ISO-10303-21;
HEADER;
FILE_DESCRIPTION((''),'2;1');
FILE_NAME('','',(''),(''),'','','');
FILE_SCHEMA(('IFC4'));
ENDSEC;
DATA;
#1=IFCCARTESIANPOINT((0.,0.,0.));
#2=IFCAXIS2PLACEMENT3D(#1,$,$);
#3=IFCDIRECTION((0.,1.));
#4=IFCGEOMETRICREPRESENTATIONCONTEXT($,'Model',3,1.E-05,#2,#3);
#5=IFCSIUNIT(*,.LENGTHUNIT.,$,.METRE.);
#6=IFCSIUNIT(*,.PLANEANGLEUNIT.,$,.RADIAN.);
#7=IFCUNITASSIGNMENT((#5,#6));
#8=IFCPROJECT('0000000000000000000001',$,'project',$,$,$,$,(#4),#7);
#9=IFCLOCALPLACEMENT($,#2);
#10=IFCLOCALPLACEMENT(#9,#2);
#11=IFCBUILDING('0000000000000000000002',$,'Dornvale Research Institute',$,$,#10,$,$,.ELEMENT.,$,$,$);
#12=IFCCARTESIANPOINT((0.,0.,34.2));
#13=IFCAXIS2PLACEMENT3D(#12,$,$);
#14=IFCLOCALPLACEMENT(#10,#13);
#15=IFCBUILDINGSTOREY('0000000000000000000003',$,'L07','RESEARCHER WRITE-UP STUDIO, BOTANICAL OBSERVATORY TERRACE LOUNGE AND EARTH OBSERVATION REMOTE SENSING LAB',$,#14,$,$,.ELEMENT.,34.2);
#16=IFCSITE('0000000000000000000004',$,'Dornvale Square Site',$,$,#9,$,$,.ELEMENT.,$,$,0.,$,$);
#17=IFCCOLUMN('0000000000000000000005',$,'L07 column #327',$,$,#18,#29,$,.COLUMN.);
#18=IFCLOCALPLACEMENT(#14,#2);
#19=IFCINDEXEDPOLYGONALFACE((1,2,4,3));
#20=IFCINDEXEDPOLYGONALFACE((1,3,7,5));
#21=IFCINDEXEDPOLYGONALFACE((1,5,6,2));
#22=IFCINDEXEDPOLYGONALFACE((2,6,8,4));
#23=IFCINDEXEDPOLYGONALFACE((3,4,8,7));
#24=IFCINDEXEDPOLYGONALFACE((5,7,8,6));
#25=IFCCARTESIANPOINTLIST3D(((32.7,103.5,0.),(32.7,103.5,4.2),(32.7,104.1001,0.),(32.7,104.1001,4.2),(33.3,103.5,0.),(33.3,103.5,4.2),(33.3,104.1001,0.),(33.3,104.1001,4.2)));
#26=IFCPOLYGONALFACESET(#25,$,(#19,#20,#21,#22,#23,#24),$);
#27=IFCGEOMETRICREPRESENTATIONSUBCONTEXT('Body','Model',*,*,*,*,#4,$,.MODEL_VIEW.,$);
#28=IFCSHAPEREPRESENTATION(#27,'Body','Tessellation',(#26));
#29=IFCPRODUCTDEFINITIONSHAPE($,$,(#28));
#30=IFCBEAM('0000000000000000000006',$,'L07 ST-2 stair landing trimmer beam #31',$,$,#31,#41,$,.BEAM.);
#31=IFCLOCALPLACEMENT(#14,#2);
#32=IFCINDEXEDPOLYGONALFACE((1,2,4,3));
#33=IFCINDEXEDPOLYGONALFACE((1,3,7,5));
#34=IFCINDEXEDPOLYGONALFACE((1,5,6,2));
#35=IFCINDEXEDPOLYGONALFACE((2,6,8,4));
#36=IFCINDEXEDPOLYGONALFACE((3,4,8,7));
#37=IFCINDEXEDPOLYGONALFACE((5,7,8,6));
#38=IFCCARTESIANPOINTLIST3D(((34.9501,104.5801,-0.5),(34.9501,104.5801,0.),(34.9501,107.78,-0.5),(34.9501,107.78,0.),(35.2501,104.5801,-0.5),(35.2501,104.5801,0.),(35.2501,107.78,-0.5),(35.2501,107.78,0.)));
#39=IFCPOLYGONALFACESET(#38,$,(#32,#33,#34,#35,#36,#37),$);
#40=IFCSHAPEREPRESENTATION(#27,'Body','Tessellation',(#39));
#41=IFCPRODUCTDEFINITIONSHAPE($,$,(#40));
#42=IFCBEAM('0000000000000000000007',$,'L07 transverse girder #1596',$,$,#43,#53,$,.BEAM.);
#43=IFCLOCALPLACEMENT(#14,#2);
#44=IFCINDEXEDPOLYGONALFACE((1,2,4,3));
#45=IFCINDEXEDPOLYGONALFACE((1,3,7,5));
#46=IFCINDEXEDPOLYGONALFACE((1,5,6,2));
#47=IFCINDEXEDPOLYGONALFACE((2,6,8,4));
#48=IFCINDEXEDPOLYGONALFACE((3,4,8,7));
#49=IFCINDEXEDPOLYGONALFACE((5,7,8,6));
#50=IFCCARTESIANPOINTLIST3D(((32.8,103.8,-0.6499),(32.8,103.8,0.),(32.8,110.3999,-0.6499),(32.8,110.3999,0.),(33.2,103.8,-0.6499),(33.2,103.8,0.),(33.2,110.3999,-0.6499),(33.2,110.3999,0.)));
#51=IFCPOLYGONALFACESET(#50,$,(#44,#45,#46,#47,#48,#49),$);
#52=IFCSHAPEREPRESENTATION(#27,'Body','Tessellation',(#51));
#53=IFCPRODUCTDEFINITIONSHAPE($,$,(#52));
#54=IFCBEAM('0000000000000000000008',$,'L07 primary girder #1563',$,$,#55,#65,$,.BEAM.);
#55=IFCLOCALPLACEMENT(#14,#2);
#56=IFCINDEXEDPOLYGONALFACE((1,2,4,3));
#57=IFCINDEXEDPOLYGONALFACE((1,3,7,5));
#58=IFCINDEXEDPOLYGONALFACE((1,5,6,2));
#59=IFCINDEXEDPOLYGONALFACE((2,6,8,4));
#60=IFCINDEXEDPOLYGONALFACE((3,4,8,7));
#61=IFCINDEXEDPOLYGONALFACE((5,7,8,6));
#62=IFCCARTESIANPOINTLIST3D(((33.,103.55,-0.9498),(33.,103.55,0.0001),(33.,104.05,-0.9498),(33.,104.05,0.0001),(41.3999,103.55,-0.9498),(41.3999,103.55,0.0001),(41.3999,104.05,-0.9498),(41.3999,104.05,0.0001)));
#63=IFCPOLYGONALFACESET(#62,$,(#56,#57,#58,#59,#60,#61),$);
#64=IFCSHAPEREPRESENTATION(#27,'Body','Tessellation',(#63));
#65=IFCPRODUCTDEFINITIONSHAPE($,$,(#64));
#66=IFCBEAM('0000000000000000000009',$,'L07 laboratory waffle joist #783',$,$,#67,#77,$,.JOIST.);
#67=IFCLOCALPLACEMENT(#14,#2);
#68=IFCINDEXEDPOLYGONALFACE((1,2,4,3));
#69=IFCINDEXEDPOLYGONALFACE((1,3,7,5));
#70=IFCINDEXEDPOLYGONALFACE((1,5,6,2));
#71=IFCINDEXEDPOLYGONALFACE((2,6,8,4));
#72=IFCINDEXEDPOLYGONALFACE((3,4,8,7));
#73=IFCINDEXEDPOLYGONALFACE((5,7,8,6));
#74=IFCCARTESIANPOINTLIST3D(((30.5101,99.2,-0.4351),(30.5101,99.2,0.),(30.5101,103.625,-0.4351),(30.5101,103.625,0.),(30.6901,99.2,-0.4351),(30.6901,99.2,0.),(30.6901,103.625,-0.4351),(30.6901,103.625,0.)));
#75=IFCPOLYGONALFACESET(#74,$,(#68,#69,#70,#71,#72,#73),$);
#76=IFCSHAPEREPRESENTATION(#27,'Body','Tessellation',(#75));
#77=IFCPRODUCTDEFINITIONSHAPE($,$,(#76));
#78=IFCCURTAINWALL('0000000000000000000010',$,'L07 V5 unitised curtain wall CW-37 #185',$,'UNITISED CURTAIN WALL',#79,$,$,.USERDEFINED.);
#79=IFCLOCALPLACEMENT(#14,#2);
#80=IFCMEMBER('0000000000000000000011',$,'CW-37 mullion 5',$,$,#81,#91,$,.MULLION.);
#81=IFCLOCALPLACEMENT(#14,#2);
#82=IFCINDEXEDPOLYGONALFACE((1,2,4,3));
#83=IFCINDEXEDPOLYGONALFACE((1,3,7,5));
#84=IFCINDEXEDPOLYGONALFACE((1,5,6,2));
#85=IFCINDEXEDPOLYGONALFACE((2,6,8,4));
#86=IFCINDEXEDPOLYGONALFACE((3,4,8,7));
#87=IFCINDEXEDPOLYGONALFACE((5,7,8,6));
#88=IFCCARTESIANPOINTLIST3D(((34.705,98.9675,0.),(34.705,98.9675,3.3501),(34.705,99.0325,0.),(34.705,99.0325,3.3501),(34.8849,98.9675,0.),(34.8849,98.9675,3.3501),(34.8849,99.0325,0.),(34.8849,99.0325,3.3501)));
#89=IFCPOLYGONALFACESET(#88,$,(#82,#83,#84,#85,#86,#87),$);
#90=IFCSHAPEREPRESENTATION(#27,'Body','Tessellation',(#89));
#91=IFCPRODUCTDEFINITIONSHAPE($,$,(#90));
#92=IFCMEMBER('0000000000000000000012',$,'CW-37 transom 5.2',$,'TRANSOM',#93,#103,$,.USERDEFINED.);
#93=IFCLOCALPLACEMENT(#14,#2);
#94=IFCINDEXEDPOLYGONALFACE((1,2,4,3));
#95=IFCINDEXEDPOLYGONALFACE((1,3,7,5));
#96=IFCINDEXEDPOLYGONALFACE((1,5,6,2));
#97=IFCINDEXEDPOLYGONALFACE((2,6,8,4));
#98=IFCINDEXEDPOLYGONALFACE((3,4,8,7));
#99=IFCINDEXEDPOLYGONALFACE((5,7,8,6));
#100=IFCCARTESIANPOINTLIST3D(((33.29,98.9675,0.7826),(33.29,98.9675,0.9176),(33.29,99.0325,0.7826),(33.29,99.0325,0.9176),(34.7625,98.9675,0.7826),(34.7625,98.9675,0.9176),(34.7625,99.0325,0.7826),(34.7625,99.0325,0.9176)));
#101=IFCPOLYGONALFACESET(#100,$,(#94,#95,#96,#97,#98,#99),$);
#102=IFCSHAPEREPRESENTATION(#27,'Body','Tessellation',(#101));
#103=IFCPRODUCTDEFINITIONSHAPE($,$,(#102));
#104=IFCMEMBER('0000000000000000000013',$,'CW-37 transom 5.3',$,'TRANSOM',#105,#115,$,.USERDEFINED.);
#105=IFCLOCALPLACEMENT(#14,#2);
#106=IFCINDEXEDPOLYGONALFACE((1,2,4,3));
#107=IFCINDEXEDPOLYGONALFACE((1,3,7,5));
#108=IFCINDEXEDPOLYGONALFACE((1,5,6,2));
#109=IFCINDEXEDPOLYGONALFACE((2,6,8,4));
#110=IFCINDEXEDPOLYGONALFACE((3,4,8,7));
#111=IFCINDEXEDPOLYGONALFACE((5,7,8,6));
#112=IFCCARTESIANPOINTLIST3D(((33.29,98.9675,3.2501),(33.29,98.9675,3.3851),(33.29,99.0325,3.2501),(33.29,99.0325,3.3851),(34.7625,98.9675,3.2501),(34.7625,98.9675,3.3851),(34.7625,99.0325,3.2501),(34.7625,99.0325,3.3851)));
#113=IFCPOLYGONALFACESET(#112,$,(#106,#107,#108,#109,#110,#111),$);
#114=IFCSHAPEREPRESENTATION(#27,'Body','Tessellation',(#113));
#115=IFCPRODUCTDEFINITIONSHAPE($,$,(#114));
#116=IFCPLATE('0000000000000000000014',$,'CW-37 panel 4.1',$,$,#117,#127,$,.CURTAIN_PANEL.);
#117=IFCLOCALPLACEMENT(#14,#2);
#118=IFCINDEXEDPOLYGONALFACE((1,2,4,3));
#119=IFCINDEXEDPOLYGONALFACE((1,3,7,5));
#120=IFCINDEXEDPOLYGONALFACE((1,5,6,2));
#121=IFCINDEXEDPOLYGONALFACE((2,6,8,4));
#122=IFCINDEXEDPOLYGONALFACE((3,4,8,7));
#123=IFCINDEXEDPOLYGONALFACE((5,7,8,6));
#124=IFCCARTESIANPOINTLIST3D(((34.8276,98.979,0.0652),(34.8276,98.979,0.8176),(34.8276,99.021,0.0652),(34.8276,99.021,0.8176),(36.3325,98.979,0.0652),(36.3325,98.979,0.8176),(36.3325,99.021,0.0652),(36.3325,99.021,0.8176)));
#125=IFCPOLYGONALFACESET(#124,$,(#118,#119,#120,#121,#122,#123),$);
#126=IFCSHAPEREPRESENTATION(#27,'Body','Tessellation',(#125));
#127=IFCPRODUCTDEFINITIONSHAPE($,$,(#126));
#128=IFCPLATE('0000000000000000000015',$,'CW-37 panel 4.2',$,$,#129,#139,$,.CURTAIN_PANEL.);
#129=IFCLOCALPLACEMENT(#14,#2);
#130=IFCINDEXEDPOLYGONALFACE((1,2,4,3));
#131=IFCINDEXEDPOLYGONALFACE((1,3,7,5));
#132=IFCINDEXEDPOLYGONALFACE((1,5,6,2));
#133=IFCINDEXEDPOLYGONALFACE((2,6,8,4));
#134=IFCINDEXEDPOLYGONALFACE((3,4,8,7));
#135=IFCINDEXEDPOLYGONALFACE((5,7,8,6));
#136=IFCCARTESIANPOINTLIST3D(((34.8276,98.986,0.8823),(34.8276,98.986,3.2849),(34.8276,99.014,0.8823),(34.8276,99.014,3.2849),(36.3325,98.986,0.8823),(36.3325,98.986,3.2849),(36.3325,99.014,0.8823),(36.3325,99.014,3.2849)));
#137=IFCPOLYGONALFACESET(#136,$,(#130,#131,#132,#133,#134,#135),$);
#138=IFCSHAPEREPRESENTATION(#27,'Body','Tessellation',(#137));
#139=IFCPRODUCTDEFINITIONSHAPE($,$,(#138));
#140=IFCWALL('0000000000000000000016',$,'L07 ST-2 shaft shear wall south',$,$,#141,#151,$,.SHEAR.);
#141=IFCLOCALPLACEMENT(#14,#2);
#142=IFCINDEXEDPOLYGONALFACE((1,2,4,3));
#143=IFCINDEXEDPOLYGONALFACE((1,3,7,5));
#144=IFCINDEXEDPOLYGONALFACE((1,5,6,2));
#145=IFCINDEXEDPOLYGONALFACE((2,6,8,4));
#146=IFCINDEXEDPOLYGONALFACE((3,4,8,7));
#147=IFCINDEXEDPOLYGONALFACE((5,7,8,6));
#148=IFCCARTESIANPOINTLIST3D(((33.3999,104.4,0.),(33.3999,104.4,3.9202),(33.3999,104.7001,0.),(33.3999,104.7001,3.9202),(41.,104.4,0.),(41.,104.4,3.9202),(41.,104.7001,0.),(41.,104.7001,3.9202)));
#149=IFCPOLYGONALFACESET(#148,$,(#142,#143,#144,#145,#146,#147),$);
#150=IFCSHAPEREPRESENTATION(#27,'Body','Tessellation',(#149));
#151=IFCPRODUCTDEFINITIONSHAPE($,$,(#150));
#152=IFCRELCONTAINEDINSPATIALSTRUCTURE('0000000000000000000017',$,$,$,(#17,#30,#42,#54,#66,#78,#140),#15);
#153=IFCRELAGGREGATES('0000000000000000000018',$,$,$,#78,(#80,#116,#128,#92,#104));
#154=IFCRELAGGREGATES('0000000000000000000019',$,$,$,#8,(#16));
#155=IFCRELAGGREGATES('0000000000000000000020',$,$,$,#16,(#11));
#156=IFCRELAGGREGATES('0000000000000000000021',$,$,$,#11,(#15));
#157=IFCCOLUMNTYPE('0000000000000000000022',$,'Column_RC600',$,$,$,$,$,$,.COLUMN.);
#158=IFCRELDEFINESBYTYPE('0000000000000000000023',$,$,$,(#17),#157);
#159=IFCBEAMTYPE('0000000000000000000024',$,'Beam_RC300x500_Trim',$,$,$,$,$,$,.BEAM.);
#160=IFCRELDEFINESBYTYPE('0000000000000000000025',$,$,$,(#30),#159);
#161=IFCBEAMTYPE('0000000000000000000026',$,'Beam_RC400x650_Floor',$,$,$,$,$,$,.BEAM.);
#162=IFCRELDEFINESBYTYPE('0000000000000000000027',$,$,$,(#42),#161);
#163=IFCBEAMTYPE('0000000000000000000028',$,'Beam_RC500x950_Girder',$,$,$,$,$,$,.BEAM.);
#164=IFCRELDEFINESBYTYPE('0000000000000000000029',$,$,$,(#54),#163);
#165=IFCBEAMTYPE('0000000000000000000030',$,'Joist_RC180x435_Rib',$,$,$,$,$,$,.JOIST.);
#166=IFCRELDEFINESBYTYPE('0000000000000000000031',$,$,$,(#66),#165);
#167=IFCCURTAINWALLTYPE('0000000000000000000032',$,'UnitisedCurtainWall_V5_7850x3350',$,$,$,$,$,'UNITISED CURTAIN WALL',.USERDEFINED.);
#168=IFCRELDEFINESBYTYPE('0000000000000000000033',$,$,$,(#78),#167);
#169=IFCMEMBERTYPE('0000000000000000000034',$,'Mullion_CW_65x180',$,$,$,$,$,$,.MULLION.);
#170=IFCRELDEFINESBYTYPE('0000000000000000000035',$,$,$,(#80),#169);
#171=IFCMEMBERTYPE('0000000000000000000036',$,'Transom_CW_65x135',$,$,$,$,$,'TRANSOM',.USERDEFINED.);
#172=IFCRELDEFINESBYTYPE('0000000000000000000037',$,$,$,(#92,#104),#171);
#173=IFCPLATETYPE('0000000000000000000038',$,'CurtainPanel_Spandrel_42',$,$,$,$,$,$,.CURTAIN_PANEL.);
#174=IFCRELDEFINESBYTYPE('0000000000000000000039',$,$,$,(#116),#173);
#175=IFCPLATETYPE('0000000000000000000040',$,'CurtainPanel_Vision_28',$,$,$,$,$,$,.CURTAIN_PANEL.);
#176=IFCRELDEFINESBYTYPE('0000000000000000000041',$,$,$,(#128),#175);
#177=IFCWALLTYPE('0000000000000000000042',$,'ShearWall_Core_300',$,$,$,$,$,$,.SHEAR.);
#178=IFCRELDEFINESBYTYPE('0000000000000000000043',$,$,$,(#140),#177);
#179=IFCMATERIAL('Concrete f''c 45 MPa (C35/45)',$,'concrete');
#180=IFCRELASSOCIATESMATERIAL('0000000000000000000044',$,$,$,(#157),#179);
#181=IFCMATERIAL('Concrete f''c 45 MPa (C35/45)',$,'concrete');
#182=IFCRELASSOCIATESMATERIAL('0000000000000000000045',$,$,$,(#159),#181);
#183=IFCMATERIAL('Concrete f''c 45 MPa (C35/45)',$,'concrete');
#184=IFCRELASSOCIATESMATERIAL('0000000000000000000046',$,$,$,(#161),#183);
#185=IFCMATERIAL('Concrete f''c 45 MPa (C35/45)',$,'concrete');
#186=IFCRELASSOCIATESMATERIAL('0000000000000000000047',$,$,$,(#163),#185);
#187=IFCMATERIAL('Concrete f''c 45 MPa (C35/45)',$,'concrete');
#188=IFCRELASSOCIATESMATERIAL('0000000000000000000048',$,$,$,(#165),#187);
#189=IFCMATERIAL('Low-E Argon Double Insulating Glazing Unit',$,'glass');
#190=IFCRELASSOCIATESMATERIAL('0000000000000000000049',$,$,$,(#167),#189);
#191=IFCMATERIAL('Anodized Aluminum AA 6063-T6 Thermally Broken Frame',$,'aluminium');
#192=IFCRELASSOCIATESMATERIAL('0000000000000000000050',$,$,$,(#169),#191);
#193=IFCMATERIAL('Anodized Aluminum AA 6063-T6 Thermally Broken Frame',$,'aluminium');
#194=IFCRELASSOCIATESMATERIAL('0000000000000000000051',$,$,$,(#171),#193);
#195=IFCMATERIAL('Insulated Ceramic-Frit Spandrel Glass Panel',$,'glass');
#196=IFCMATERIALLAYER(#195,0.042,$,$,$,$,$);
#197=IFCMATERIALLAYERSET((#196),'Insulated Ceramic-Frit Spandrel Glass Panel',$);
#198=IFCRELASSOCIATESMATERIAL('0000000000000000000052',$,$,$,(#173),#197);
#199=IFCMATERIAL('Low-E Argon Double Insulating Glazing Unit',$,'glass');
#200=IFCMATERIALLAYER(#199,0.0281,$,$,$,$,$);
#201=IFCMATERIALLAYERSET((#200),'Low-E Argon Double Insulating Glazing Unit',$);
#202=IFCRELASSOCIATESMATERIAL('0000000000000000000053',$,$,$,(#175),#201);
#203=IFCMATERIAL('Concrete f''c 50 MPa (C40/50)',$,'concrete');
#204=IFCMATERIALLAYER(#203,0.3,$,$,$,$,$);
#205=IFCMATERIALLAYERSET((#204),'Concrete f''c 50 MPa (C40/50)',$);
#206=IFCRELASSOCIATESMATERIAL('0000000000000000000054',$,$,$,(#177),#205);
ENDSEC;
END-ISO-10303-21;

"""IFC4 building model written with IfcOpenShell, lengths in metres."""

from ifc_helpers import new_model, si_unit, direction, frame, frame_2d, origin, origin_2d, place, context, subcontext, project, spatial, rectangle, extrude, material, layer, layer_set, material_profile, profile_set, type_object, element, aggregate, save


model = new_model("IFC4")

# Units and contexts
model_context = context("Model", 3, precision=1e-05, world=origin(), true_north=direction((0.0, 1.0)))
body_context = subcontext(model_context, "Body", "Model", "MODEL_VIEW")
ifc_project = project(units=[si_unit("LENGTHUNIT", "METRE"), si_unit("PLANEANGLEUNIT", "RADIAN")], contexts=[model_context])

# Site, building, storey
site_placement = place(None, origin())
site = spatial("IfcSite", under=ifc_project, at=site_placement, Name="Dornvale Square Site", CompositionType="ELEMENT", RefElevation=0.0)
building_placement = place(site_placement, origin())
building = spatial("IfcBuilding", under=site, at=building_placement, Name="Dornvale Research Institute", CompositionType="ELEMENT")
storey_placement = place(building_placement, frame((0.0, 0.0, 34.2)))
storey = spatial("IfcBuildingStorey", under=building, at=storey_placement, Name="L07", Description="RESEARCHER WRITE-UP STUDIO, BOTANICAL OBSERVATORY TERRACE LOUNGE AND EARTH OBSERVATION REMOTE SENSING LAB", CompositionType="ELEMENT", Elevation=34.2)

# Column
ifc_material_1 = material(Name="Concrete f'c 45 MPa (C35/45)", Category="concrete")
ifc_material_profile_1 = material_profile(ifc_material_1, rectangle(XDim=0.6001, YDim=0.6001, at=origin_2d()), Name="RC 600x600")
ifc_profile_set_1 = profile_set([ifc_material_profile_1], Name="Concrete f'c 45 MPa (C35/45)")
column_type = type_object("IfcColumnType", Name="Column_RC600", PredefinedType="COLUMN", material=ifc_profile_set_1)
column_placement = place(storey_placement, frame((33.0, 103.8, 0.0), z_axis=(0.0, 0.0, 1.0), x_axis=(1.0, 0.0, 0.0)))
element("IfcColumn", 1, at=column_placement, inside=storey, type_object=column_type, Name="L07 column #327", PredefinedType="COLUMN", context=body_context, shape_type="SweptSolid", body=[
    extrude(rectangle(XDim=0.6001, YDim=0.6001, at=origin_2d()), origin(), (0.0, 0.0, 1.0), 4.2),
])

# Beams
ifc_material_2 = material(Name="Concrete f'c 45 MPa (C35/45)", Category="concrete")
ifc_material_profile_2 = material_profile(ifc_material_2, rectangle(XDim=0.3, YDim=0.5, at=origin_2d()), Name="RC 300x500")
ifc_profile_set_2 = profile_set([ifc_material_profile_2], Name="Concrete f'c 45 MPa (C35/45)")
beam_type_1 = type_object("IfcBeamType", Name="Beam_RC300x500_Trim", PredefinedType="BEAM", material=ifc_profile_set_2)
beam_1_placement = place(storey_placement, frame((35.1001, 104.5801, -0.25), z_axis=(0.0, 1.0, 0.0), x_axis=(-1.0, 0.0, 0.0)))
element("IfcBeam", 2, at=beam_1_placement, inside=storey, type_object=beam_type_1, Name="L07 ST-2 stair landing trimmer beam #31", PredefinedType="BEAM", context=body_context, shape_type="SweptSolid", body=[
    extrude(rectangle(XDim=0.3, YDim=0.5, at=origin_2d()), origin(), (0.0, 0.0, 1.0), 3.2),
])
ifc_material_3 = material(Name="Concrete f'c 45 MPa (C35/45)", Category="concrete")
ifc_material_profile_3 = material_profile(ifc_material_3, rectangle(XDim=0.3999, YDim=0.6499, at=origin_2d()), Name="RC 400x650")
ifc_profile_set_3 = profile_set([ifc_material_profile_3], Name="Concrete f'c 45 MPa (C35/45)")
beam_type_2 = type_object("IfcBeamType", Name="Beam_RC400x650_Floor", PredefinedType="BEAM", material=ifc_profile_set_3)
beam_2_placement = place(storey_placement, frame((33.0, 103.8, -0.325), z_axis=(0.0, 1.0, 0.0), x_axis=(-1.0, 0.0, 0.0)))
element("IfcBeam", 3, at=beam_2_placement, inside=storey, type_object=beam_type_2, Name="L07 transverse girder #1596", PredefinedType="BEAM", context=body_context, shape_type="SweptSolid", body=[
    extrude(rectangle(XDim=0.3999, YDim=0.6499, at=origin_2d()), origin(), (0.0, 0.0, 1.0), 6.5999),
])
ifc_material_4 = material(Name="Concrete f'c 45 MPa (C35/45)", Category="concrete")
ifc_material_profile_4 = material_profile(ifc_material_4, rectangle(XDim=0.5, YDim=0.95, at=origin_2d()), Name="RC 500x950")
ifc_profile_set_4 = profile_set([ifc_material_profile_4], Name="Concrete f'c 45 MPa (C35/45)")
beam_type_3 = type_object("IfcBeamType", Name="Beam_RC500x950_Girder", PredefinedType="BEAM", material=ifc_profile_set_4)
beam_3_placement = place(storey_placement, frame((33.0, 103.8, -0.4749), z_axis=(1.0, 0.0, 0.0), x_axis=(0.0, 1.0, 0.0)))
element("IfcBeam", 4, at=beam_3_placement, inside=storey, type_object=beam_type_3, Name="L07 primary girder #1563", PredefinedType="BEAM", context=body_context, shape_type="SweptSolid", body=[
    extrude(rectangle(XDim=0.5, YDim=0.95, at=origin_2d()), origin(), (0.0, 0.0, 1.0), 8.3999),
])
ifc_material_5 = material(Name="Concrete f'c 45 MPa (C35/45)", Category="concrete")
ifc_material_profile_5 = material_profile(ifc_material_5, rectangle(XDim=0.1799, YDim=0.4351, at=origin_2d()), Name="RC 180x435")
ifc_profile_set_5 = profile_set([ifc_material_profile_5], Name="Concrete f'c 45 MPa (C35/45)")
beam_type_4 = type_object("IfcBeamType", Name="Joist_RC180x435_Rib", PredefinedType="JOIST", material=ifc_profile_set_5)
beam_4_placement = place(storey_placement, frame((30.6001, 99.2, -0.2175), z_axis=(0.0, 1.0, 0.0), x_axis=(-1.0, 0.0, 0.0)))
element("IfcBeam", 5, at=beam_4_placement, inside=storey, type_object=beam_type_4, Name="L07 laboratory waffle joist #783", PredefinedType="JOIST", context=body_context, shape_type="SweptSolid", body=[
    extrude(rectangle(XDim=0.1799, YDim=0.4351, at=origin_2d()), origin(), (0.0, 0.0, 1.0), 4.425),
])

# Curtain wall, members, plates
ifc_material_6 = material(Name="Low-E Argon Double Insulating Glazing Unit", Category="glass")
curtain_wall_type = type_object("IfcCurtainWallType", Name="UnitisedCurtainWall_V5_7850x3350", ElementType="UNITISED CURTAIN WALL", PredefinedType="USERDEFINED", material=ifc_material_6)
curtain_wall_placement = place(storey_placement, origin())
curtain_wall = element("IfcCurtainWall", 6, at=curtain_wall_placement, inside=storey, type_object=curtain_wall_type, Name="L07 V5 unitised curtain wall CW-37 #185", ObjectType="UNITISED CURTAIN WALL", PredefinedType="USERDEFINED")
ifc_material_7 = material(Name="Anodized Aluminum AA 6063-T6 Thermally Broken Frame", Category="aluminium")
ifc_material_profile_6 = material_profile(ifc_material_7, rectangle(XDim=0.0649, YDim=0.1799, at=origin_2d()), Name="ALU MULLION 65x180")
ifc_profile_set_6 = profile_set([ifc_material_profile_6], Name="Anodized Aluminum AA 6063-T6 Thermally Broken Frame")
member_type_1 = type_object("IfcMemberType", Name="Mullion_CW_65x180", PredefinedType="MULLION", material=ifc_profile_set_6)
member_1_placement = place(storey_placement, frame((34.7949, 99.0, 0.0), z_axis=(0.0, 0.0, 1.0), x_axis=(0.0, -1.0, 0.0)))
member_1 = element("IfcMember", 7, at=member_1_placement, type_object=member_type_1, Name="CW-37 mullion 5", PredefinedType="MULLION", context=body_context, shape_type="SweptSolid", body=[
    extrude(rectangle(XDim=0.0649, YDim=0.1799, at=origin_2d()), origin(), (0.0, 0.0, 1.0), 3.3501),
])
ifc_material_8 = material(Name="Anodized Aluminum AA 6063-T6 Thermally Broken Frame", Category="aluminium")
ifc_material_profile_7 = material_profile(ifc_material_8, rectangle(XDim=0.0649, YDim=0.135, at=origin_2d()), Name="ALU TRANSOM 65x135")
ifc_profile_set_7 = profile_set([ifc_material_profile_7], Name="Anodized Aluminum AA 6063-T6 Thermally Broken Frame")
member_type_2 = type_object("IfcMemberType", Name="Transom_CW_65x135", ElementType="TRANSOM", PredefinedType="USERDEFINED", material=ifc_profile_set_7)
member_2_placement = place(storey_placement, frame((34.7625, 99.0, 0.8501), z_axis=(-1.0, 0.0, 0.0), x_axis=(0.0, -1.0, 0.0)))
member_2 = element("IfcMember", 8, at=member_2_placement, type_object=member_type_2, Name="CW-37 transom 5.2", ObjectType="TRANSOM", PredefinedType="USERDEFINED", context=body_context, shape_type="SweptSolid", body=[
    extrude(rectangle(XDim=0.0649, YDim=0.135, at=origin_2d()), origin(), (0.0, 0.0, 1.0), 1.4724),
])
member_3_placement = place(storey_placement, frame((34.7625, 99.0, 3.3176), z_axis=(-1.0, 0.0, 0.0), x_axis=(0.0, -1.0, 0.0)))
member_3 = element("IfcMember", 9, at=member_3_placement, type_object=member_type_2, Name="CW-37 transom 5.3", ObjectType="TRANSOM", PredefinedType="USERDEFINED", context=body_context, shape_type="SweptSolid", body=[
    extrude(rectangle(XDim=0.0649, YDim=0.135, at=origin_2d()), origin(), (0.0, 0.0, 1.0), 1.4724),
])
ifc_material_9 = material(Name="Insulated Ceramic-Frit Spandrel Glass Panel", Category="glass")
ifc_layer_1 = layer(ifc_material_9, 0.042)
ifc_layer_set_1 = layer_set([ifc_layer_1], Name="Insulated Ceramic-Frit Spandrel Glass Panel")
plate_type_1 = type_object("IfcPlateType", Name="CurtainPanel_Spandrel_42", PredefinedType="CURTAIN_PANEL", material=ifc_layer_set_1)
plate_1_placement = place(storey_placement, frame((35.5801, 99.0, 0.0652), z_axis=(0.0, 0.0, 1.0), x_axis=(-1.0, 0.0, 0.0)))
plate_1 = element("IfcPlate", 10, at=plate_1_placement, type_object=plate_type_1, Name="CW-37 panel 4.1", PredefinedType="CURTAIN_PANEL", context=body_context, shape_type="SweptSolid", body=[
    extrude(rectangle(XDim=1.5049, YDim=0.042, at=origin_2d()), origin(), (0.0, 0.0, 1.0), 0.7524),
])
ifc_material_10 = material(Name="Low-E Argon Double Insulating Glazing Unit", Category="glass")
ifc_layer_2 = layer(ifc_material_10, 0.0281)
ifc_layer_set_2 = layer_set([ifc_layer_2], Name="Low-E Argon Double Insulating Glazing Unit")
plate_type_2 = type_object("IfcPlateType", Name="CurtainPanel_Vision_28", PredefinedType="CURTAIN_PANEL", material=ifc_layer_set_2)
plate_2_placement = place(storey_placement, frame((35.5801, 99.0, 0.8823), z_axis=(0.0, 0.0, 1.0), x_axis=(-1.0, 0.0, 0.0)))
plate_2 = element("IfcPlate", 11, at=plate_2_placement, type_object=plate_type_2, Name="CW-37 panel 4.2", PredefinedType="CURTAIN_PANEL", context=body_context, shape_type="SweptSolid", body=[
    extrude(rectangle(XDim=1.5049, YDim=0.0281, at=origin_2d()), origin(), (0.0, 0.0, 1.0), 2.4026),
])
aggregate(curtain_wall, [member_1, plate_1, plate_2, member_2, member_3])

# Wall
ifc_material_11 = material(Name="Concrete f'c 50 MPa (C40/50)", Category="concrete")
ifc_layer_3 = layer(ifc_material_11, 0.3)
ifc_layer_set_3 = layer_set([ifc_layer_3], Name="Concrete f'c 50 MPa (C40/50)")
wall_type_1 = type_object("IfcWallType", Name="ShearWall_Core_300", PredefinedType="SHEAR", material=ifc_layer_set_3)
wall_1_placement = place(storey_placement, frame((33.3999, 104.55, 0.0), z_axis=(0.0, 0.0, 1.0), x_axis=(1.0, 0.0, 0.0)))
element("IfcWall", 12, at=wall_1_placement, inside=storey, type_object=wall_type_1, Name="L07 ST-2 shaft shear wall south", PredefinedType="SHEAR", context=body_context, shape_type="SweptSolid", body=[
    extrude(rectangle(XDim=7.6001, YDim=0.3, at=frame_2d((3.8, 0.0))), origin(), (0.0, 0.0, 1.0), 3.9202),
])

save(model, "model.ifc")
